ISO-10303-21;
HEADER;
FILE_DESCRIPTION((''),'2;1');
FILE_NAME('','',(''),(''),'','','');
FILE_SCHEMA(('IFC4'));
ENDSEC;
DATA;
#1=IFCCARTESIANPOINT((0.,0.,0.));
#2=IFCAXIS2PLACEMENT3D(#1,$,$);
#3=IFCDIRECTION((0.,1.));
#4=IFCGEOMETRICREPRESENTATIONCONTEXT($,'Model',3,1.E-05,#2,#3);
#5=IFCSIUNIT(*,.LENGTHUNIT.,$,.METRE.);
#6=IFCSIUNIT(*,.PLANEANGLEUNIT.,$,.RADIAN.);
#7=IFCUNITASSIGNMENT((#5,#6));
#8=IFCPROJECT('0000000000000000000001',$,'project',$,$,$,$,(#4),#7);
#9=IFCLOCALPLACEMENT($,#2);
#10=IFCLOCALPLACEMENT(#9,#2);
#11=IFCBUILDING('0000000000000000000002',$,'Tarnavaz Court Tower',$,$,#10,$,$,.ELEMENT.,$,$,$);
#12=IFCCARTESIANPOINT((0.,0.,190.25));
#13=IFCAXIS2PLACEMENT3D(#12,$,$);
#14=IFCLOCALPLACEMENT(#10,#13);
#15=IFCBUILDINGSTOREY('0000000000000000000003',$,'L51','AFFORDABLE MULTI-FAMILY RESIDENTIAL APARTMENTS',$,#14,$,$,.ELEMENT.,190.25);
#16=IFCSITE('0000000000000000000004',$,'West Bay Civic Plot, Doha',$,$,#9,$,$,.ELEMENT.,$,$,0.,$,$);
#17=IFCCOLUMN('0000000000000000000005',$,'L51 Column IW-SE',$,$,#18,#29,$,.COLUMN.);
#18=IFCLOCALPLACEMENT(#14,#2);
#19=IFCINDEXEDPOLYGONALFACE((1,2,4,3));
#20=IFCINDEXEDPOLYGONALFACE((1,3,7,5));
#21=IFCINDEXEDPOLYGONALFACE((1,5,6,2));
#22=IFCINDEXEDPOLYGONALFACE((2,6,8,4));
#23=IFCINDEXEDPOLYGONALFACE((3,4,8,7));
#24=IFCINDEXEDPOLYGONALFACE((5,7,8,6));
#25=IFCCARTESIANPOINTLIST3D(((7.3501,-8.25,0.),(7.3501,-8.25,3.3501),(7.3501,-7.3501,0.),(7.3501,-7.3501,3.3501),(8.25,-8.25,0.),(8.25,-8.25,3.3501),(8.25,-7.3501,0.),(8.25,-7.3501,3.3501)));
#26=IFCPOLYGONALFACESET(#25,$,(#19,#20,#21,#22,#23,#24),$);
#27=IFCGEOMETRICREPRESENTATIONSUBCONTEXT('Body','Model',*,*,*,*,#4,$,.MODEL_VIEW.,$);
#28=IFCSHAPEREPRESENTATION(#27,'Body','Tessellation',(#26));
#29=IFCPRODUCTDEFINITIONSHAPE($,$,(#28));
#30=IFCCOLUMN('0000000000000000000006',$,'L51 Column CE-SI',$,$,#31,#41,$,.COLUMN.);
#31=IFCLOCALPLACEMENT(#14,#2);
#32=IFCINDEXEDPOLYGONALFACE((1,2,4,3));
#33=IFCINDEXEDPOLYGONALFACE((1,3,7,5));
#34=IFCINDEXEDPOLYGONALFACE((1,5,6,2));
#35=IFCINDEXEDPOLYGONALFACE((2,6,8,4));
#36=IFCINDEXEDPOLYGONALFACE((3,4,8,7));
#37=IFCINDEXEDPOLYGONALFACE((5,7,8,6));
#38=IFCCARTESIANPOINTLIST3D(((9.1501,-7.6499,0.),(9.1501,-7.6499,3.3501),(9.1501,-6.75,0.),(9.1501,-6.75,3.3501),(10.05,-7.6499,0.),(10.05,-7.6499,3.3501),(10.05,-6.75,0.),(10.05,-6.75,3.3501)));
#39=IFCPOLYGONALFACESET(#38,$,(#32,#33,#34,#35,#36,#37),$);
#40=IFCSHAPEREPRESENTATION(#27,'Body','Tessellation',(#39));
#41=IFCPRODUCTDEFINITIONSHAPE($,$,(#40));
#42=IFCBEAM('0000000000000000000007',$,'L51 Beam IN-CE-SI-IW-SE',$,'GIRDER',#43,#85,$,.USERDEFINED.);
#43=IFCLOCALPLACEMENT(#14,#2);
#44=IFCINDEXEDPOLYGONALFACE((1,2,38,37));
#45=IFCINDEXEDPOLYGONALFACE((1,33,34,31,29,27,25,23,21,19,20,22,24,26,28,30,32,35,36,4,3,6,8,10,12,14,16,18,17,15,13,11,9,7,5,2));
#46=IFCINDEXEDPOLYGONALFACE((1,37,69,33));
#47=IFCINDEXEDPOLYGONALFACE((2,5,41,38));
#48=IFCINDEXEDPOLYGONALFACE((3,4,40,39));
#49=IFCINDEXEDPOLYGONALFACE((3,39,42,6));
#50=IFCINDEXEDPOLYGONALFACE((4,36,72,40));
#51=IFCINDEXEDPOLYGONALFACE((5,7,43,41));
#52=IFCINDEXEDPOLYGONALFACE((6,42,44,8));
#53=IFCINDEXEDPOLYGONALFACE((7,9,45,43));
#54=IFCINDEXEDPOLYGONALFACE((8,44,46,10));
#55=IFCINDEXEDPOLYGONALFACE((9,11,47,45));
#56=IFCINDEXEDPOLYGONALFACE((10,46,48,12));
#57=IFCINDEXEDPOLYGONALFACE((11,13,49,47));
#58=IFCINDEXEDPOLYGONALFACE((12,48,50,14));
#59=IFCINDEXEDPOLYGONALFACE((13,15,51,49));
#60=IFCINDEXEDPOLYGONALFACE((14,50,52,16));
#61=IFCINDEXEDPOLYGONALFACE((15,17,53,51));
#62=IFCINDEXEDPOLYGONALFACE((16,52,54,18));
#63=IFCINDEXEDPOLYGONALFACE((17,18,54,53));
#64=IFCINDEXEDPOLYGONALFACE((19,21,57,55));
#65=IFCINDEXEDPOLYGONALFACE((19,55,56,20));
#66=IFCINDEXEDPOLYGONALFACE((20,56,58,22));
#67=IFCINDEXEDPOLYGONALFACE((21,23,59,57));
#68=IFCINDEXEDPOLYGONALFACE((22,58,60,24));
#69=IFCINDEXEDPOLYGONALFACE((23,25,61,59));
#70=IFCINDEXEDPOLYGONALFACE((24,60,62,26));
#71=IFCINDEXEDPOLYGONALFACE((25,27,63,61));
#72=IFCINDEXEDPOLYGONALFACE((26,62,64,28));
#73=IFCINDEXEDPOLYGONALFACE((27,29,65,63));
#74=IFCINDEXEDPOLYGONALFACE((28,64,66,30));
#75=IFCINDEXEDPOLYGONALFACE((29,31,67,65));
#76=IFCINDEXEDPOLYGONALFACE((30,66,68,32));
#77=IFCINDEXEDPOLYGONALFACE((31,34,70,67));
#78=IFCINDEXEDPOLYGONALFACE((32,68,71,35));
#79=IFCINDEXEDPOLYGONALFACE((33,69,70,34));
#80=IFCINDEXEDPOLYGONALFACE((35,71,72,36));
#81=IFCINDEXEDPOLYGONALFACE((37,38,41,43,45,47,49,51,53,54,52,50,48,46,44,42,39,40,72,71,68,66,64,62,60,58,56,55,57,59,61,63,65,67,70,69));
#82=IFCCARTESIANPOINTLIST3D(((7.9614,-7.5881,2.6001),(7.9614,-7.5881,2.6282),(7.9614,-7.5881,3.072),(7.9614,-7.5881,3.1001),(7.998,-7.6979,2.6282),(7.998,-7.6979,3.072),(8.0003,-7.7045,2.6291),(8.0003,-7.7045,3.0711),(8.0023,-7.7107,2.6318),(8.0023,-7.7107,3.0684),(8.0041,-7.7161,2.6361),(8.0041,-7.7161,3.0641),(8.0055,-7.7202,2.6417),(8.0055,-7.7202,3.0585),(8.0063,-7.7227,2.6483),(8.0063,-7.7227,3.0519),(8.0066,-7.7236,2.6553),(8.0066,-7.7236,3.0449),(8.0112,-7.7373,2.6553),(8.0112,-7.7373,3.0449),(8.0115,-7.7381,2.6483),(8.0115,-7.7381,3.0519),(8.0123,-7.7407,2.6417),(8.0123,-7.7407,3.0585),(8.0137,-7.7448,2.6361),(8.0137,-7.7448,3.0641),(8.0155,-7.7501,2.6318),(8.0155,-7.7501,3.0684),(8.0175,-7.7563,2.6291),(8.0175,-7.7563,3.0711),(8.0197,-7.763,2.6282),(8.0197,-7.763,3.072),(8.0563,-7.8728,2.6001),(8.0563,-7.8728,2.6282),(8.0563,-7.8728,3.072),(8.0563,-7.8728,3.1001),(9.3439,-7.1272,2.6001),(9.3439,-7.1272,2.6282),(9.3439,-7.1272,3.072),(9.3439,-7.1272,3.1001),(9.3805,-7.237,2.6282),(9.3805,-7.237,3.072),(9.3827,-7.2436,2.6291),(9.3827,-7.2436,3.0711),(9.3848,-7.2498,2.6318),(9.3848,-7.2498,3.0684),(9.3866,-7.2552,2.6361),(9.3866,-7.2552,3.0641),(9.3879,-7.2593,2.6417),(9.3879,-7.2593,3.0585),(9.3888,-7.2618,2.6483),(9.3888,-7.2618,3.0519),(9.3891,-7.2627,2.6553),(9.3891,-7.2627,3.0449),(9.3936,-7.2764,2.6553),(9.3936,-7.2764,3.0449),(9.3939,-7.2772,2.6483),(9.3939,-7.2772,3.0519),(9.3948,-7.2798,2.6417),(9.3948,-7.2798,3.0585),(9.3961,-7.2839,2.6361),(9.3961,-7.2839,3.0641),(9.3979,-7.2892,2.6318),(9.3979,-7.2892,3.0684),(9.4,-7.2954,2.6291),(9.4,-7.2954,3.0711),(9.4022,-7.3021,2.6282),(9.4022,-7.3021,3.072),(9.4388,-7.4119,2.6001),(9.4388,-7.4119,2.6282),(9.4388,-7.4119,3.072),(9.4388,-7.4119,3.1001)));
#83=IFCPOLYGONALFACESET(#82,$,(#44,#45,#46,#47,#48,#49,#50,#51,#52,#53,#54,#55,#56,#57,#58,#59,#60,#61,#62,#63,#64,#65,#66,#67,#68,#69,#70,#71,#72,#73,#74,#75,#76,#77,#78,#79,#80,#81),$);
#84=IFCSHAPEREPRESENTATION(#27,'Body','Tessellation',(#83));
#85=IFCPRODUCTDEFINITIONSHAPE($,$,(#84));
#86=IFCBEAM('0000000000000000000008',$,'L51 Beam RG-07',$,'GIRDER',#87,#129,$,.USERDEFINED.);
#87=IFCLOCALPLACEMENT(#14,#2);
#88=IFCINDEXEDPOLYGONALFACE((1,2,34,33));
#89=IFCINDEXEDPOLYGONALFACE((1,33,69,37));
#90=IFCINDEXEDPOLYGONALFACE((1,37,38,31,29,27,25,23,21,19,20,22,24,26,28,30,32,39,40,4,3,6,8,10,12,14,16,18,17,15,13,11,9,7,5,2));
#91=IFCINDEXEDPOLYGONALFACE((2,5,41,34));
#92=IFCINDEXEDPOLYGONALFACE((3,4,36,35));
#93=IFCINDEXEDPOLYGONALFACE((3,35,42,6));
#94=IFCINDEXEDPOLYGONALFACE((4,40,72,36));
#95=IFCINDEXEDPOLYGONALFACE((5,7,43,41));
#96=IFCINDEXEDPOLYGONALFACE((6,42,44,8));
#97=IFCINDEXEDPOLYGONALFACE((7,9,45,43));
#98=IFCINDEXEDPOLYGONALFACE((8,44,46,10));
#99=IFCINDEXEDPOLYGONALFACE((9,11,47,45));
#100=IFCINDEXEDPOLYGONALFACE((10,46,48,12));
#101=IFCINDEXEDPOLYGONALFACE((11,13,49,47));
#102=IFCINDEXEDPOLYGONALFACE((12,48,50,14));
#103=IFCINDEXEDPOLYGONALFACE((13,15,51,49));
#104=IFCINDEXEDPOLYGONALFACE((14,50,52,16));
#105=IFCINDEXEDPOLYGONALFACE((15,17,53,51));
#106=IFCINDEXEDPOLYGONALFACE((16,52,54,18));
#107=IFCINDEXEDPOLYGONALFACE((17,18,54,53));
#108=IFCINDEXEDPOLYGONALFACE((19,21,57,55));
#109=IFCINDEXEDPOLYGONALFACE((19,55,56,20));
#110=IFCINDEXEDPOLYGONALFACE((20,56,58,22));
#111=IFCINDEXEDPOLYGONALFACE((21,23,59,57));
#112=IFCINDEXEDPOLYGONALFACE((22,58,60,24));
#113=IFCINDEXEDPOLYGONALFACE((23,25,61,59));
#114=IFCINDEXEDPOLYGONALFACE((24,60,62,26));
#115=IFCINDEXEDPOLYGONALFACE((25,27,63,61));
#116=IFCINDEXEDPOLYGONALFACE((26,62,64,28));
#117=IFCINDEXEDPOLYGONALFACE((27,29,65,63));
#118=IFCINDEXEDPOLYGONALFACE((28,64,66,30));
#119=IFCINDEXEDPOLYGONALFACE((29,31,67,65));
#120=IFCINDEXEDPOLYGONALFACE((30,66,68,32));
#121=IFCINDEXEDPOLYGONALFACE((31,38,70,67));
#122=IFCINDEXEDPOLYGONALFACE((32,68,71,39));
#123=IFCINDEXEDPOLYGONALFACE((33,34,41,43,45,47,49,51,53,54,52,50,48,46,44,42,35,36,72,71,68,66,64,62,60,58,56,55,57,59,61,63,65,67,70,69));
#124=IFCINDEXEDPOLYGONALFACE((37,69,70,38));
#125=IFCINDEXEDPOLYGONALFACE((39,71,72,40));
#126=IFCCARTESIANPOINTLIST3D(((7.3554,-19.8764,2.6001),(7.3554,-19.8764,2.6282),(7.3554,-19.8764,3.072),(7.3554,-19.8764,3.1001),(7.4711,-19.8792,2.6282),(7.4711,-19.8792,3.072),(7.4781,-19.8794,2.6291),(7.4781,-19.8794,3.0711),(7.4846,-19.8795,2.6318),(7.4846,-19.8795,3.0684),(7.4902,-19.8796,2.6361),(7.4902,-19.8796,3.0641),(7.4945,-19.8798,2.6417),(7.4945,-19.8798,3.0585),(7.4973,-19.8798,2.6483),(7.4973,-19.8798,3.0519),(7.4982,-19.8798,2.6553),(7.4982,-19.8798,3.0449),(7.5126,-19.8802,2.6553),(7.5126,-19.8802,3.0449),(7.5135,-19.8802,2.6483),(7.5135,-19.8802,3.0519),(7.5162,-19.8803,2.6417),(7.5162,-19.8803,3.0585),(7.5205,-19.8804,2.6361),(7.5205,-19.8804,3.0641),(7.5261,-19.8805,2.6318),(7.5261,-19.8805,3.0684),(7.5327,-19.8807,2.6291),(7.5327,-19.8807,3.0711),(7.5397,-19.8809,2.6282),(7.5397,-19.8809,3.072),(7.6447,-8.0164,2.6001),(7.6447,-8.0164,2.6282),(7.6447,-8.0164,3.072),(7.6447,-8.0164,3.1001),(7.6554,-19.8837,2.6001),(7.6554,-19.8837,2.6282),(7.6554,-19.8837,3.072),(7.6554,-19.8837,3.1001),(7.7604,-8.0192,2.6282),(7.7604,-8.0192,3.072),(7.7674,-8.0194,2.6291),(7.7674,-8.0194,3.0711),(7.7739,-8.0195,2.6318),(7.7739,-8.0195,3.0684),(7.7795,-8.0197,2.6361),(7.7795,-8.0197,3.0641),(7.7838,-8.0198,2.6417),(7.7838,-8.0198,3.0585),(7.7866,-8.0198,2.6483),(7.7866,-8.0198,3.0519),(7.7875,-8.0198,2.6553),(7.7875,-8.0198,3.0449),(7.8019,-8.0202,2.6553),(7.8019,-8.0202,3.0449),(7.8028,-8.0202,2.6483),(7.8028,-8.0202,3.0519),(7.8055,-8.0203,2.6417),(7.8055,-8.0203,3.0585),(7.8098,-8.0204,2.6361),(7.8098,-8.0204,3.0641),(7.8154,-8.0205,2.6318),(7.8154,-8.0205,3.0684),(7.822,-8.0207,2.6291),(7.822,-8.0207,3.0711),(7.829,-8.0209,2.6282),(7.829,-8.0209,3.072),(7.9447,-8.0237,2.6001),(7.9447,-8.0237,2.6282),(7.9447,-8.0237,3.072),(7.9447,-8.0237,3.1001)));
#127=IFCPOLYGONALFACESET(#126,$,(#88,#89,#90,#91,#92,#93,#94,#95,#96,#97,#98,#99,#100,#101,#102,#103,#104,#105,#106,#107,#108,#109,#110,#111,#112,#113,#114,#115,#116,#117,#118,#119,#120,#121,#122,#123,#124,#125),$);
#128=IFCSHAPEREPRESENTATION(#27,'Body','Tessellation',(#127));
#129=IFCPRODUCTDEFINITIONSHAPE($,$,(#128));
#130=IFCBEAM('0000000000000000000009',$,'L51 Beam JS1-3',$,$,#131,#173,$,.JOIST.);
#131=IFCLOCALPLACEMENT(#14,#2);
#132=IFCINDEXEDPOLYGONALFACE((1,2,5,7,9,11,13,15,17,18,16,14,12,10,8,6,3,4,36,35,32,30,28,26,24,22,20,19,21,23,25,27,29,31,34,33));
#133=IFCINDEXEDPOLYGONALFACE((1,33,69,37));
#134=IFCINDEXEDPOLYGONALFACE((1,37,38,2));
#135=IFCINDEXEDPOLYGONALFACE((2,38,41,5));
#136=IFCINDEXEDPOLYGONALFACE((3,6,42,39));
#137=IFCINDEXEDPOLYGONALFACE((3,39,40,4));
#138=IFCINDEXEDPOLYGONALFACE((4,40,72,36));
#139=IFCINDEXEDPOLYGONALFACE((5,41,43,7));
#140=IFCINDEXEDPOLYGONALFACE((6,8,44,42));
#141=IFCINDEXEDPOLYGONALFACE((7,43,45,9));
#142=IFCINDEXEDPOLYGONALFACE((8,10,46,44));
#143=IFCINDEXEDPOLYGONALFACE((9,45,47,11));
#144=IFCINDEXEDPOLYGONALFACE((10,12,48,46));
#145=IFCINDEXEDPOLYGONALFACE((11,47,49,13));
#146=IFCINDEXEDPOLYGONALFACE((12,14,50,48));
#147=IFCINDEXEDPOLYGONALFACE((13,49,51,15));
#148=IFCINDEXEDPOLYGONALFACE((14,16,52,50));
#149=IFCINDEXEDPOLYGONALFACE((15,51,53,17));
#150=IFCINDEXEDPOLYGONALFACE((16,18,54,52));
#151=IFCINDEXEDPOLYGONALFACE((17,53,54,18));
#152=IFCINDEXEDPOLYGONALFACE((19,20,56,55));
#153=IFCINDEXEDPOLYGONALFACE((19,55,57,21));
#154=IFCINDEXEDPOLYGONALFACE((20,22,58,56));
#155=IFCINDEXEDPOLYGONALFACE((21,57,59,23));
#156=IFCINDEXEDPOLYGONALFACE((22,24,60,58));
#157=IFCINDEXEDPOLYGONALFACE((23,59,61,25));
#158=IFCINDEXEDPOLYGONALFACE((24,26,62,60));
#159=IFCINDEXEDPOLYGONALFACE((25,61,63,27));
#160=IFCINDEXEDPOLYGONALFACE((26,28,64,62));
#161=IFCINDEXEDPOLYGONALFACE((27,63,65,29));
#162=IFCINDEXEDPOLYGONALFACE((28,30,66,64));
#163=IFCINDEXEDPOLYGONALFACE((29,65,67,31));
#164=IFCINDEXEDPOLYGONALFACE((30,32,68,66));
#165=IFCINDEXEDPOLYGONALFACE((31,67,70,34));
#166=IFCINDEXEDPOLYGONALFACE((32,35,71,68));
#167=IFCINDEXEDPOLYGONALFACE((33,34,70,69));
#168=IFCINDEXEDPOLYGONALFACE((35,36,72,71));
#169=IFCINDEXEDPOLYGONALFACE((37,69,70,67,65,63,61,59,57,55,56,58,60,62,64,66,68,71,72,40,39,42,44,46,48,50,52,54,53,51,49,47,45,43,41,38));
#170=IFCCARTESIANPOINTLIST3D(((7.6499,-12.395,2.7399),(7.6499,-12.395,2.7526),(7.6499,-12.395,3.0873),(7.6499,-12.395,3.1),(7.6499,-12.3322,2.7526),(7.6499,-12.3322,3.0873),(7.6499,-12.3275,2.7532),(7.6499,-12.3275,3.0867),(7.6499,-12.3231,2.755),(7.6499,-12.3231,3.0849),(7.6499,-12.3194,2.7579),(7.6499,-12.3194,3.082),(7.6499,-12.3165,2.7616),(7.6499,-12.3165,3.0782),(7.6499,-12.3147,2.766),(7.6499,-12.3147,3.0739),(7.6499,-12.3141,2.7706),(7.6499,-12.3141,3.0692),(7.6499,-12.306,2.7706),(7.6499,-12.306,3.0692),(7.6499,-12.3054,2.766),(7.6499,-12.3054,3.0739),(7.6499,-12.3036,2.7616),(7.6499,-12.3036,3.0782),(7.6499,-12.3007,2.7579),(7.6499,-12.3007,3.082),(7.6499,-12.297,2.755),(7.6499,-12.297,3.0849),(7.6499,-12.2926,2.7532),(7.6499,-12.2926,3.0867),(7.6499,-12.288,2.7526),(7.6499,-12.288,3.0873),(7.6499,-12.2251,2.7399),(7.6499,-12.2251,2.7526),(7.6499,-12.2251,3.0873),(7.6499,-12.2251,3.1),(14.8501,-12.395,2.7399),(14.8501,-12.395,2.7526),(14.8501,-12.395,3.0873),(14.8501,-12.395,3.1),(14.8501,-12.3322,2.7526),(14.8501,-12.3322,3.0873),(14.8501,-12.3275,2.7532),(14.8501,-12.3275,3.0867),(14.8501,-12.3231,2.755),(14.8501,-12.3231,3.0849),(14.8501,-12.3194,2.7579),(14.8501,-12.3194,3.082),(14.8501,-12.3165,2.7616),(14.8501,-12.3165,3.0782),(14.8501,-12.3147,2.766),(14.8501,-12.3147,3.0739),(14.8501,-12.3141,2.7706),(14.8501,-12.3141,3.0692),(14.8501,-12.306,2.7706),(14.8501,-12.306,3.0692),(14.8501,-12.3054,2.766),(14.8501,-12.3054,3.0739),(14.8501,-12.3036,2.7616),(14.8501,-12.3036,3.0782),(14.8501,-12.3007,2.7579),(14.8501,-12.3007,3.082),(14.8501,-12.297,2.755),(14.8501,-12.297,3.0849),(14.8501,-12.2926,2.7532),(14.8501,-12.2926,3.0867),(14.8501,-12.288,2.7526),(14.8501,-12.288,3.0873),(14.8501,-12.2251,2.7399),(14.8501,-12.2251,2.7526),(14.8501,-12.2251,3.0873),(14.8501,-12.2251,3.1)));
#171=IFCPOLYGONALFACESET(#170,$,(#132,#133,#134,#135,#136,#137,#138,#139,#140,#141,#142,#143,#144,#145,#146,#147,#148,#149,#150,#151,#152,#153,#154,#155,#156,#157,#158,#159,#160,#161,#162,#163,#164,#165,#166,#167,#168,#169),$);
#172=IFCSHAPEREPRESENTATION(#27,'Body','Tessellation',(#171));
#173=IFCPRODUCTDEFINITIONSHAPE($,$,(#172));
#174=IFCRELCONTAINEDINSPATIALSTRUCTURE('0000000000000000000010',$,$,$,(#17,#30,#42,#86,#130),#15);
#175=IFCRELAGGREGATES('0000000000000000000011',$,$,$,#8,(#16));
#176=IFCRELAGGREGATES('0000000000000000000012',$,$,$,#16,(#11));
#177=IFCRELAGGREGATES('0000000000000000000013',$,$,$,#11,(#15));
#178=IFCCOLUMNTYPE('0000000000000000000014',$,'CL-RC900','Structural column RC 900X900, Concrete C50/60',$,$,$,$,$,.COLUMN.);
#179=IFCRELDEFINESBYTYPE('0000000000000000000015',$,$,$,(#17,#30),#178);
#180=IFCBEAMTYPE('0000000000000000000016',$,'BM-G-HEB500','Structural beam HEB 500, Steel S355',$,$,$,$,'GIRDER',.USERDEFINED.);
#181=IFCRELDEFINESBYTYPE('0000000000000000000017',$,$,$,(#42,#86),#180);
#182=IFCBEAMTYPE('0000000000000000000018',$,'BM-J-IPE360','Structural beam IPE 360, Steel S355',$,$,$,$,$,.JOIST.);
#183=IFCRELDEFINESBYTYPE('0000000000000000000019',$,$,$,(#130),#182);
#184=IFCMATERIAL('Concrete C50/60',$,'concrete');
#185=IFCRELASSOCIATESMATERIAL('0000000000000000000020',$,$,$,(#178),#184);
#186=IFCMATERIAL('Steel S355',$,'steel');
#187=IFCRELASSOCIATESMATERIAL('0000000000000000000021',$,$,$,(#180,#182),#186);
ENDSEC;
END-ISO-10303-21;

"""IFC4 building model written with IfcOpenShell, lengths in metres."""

from ifc_helpers import new_model, si_unit, direction, frame, origin, origin_2d, place, context, subcontext, project, spatial, rectangle, i_section, extrude, material, material_profile, profile_set, type_object, element, save


model = new_model("IFC4")

# Units and contexts
model_context = context("Model", 3, precision=1e-05, world=origin(), true_north=direction((0.0, 1.0)))
body_context = subcontext(model_context, "Body", "Model", "MODEL_VIEW")
ifc_project = project(units=[si_unit("LENGTHUNIT", "METRE"), si_unit("PLANEANGLEUNIT", "RADIAN")], contexts=[model_context])

# Site, building, storey
site_placement = place(None, origin())
site = spatial("IfcSite", under=ifc_project, at=site_placement, Name="West Bay Civic Plot, Doha", CompositionType="ELEMENT", RefElevation=0.0)
building_placement = place(site_placement, origin())
building = spatial("IfcBuilding", under=site, at=building_placement, Name="Tarnavaz Court Tower", CompositionType="ELEMENT")
storey_placement = place(building_placement, frame((0.0, 0.0, 190.25)))
storey = spatial("IfcBuildingStorey", under=building, at=storey_placement, Name="L51", Description="AFFORDABLE MULTI-FAMILY RESIDENTIAL APARTMENTS", CompositionType="ELEMENT", Elevation=190.25)

# Columns
ifc_material_1 = material(Name="Concrete C50/60", Category="concrete")
ifc_material_profile_1 = material_profile(ifc_material_1, rectangle(XDim=0.8999, YDim=0.8999, at=origin_2d()), Name="RC 900X900")
ifc_profile_set_1 = profile_set([ifc_material_profile_1], Name="Concrete C50/60")
column_type = type_object("IfcColumnType", Name="CL-RC900", Description="Structural column RC 900X900, Concrete C50/60", PredefinedType="COLUMN", material=ifc_profile_set_1)
for number, where, z_axis, x_axis, name in (
    (1, (7.8, -7.8, 0.0), (0.0, 0.0, 1.0), (1.0, 0.0, 0.0), "L51 Column IW-SE"),
    (2, (9.6001, -7.2, 0.0), (0.0, 0.0, 1.0), (1.0, 0.0, 0.0), "L51 Column CE-SI"),
):
    element("IfcColumn", number, at=place(storey_placement, frame(where, z_axis=z_axis, x_axis=x_axis)), inside=storey, type_object=column_type, Name=name, PredefinedType="COLUMN", context=body_context, shape_type="SweptSolid", body=[
        extrude(rectangle(XDim=0.8999, YDim=0.8999, at=origin_2d()), origin(), (0.0, 0.0, 1.0), 3.3501),
    ])

# Beams
ifc_material_2 = material(Name="Steel S355", Category="steel")
ifc_material_profile_2 = material_profile(ifc_material_2, i_section(OverallWidth=0.3, OverallDepth=0.5, WebThickness=0.0144, FlangeThickness=0.0281, FilletRadius=0.0271, at=origin_2d()), Name="HEB 500")
ifc_profile_set_2 = profile_set([ifc_material_profile_2], Name="Steel S355")
beam_type_1 = type_object("IfcBeamType", Name="BM-G-HEB500", Description="Structural beam HEB 500, Steel S355", ElementType="GIRDER", PredefinedType="USERDEFINED", material=ifc_profile_set_2)
beam_1_placement = place(storey_placement, frame((9.3914, -7.2695, 2.8501), z_axis=(-0.948667, -0.316278, 0.0), x_axis=(0.316278, -0.948667, 0.0)))
element("IfcBeam", 3, at=beam_1_placement, inside=storey, type_object=beam_type_1, Name="L51 Beam IN-CE-SI-IW-SE", ObjectType="GIRDER", PredefinedType="USERDEFINED", context=body_context, shape_type="SweptSolid", body=[
    extrude(i_section(OverallWidth=0.3, OverallDepth=0.5, WebThickness=0.0144, FlangeThickness=0.0281, FilletRadius=0.0271, at=origin_2d()), origin(), (0.0, 0.0, 1.0), 1.4573),
])
beam_2_placement = place(storey_placement, frame((7.7947, -8.02, 2.8501), z_axis=(-0.024386, -0.999703, 0.0), x_axis=(0.999703, -0.024386, 0.0)))
element("IfcBeam", 4, at=beam_2_placement, inside=storey, type_object=beam_type_1, Name="L51 Beam RG-07", ObjectType="GIRDER", PredefinedType="USERDEFINED", context=body_context, shape_type="SweptSolid", body=[
    extrude(i_section(OverallWidth=0.3, OverallDepth=0.5, WebThickness=0.0144, FlangeThickness=0.0281, FilletRadius=0.0271, at=origin_2d()), origin(), (0.0, 0.0, 1.0), 11.8635),
])
ifc_material_profile_3 = material_profile(ifc_material_2, i_section(OverallWidth=0.1699, OverallDepth=0.3601, WebThickness=0.0081, FlangeThickness=0.0127, FilletRadius=0.0181, at=origin_2d()), Name="IPE 360")
ifc_profile_set_3 = profile_set([ifc_material_profile_3], Name="Steel S355")
beam_type_2 = type_object("IfcBeamType", Name="BM-J-IPE360", Description="Structural beam IPE 360, Steel S355", PredefinedType="JOIST", material=ifc_profile_set_3)
for number, where, z_axis, x_axis, name in (
    (5, (7.6499, -12.3101, 2.9199), (1.0, 0.0, 0.0), (0.0, 1.0, 0.0), "L51 Beam JS1-3"),
):
    element("IfcBeam", number, at=place(storey_placement, frame(where, z_axis=z_axis, x_axis=x_axis)), inside=storey, type_object=beam_type_2, Name=name, PredefinedType="JOIST", context=body_context, shape_type="SweptSolid", body=[
        extrude(i_section(OverallWidth=0.1699, OverallDepth=0.3601, WebThickness=0.0081, FlangeThickness=0.0127, FilletRadius=0.0181, at=origin_2d()), origin(), (0.0, 0.0, 1.0), 7.2002),
    ])

save(model, "model.ifc")
